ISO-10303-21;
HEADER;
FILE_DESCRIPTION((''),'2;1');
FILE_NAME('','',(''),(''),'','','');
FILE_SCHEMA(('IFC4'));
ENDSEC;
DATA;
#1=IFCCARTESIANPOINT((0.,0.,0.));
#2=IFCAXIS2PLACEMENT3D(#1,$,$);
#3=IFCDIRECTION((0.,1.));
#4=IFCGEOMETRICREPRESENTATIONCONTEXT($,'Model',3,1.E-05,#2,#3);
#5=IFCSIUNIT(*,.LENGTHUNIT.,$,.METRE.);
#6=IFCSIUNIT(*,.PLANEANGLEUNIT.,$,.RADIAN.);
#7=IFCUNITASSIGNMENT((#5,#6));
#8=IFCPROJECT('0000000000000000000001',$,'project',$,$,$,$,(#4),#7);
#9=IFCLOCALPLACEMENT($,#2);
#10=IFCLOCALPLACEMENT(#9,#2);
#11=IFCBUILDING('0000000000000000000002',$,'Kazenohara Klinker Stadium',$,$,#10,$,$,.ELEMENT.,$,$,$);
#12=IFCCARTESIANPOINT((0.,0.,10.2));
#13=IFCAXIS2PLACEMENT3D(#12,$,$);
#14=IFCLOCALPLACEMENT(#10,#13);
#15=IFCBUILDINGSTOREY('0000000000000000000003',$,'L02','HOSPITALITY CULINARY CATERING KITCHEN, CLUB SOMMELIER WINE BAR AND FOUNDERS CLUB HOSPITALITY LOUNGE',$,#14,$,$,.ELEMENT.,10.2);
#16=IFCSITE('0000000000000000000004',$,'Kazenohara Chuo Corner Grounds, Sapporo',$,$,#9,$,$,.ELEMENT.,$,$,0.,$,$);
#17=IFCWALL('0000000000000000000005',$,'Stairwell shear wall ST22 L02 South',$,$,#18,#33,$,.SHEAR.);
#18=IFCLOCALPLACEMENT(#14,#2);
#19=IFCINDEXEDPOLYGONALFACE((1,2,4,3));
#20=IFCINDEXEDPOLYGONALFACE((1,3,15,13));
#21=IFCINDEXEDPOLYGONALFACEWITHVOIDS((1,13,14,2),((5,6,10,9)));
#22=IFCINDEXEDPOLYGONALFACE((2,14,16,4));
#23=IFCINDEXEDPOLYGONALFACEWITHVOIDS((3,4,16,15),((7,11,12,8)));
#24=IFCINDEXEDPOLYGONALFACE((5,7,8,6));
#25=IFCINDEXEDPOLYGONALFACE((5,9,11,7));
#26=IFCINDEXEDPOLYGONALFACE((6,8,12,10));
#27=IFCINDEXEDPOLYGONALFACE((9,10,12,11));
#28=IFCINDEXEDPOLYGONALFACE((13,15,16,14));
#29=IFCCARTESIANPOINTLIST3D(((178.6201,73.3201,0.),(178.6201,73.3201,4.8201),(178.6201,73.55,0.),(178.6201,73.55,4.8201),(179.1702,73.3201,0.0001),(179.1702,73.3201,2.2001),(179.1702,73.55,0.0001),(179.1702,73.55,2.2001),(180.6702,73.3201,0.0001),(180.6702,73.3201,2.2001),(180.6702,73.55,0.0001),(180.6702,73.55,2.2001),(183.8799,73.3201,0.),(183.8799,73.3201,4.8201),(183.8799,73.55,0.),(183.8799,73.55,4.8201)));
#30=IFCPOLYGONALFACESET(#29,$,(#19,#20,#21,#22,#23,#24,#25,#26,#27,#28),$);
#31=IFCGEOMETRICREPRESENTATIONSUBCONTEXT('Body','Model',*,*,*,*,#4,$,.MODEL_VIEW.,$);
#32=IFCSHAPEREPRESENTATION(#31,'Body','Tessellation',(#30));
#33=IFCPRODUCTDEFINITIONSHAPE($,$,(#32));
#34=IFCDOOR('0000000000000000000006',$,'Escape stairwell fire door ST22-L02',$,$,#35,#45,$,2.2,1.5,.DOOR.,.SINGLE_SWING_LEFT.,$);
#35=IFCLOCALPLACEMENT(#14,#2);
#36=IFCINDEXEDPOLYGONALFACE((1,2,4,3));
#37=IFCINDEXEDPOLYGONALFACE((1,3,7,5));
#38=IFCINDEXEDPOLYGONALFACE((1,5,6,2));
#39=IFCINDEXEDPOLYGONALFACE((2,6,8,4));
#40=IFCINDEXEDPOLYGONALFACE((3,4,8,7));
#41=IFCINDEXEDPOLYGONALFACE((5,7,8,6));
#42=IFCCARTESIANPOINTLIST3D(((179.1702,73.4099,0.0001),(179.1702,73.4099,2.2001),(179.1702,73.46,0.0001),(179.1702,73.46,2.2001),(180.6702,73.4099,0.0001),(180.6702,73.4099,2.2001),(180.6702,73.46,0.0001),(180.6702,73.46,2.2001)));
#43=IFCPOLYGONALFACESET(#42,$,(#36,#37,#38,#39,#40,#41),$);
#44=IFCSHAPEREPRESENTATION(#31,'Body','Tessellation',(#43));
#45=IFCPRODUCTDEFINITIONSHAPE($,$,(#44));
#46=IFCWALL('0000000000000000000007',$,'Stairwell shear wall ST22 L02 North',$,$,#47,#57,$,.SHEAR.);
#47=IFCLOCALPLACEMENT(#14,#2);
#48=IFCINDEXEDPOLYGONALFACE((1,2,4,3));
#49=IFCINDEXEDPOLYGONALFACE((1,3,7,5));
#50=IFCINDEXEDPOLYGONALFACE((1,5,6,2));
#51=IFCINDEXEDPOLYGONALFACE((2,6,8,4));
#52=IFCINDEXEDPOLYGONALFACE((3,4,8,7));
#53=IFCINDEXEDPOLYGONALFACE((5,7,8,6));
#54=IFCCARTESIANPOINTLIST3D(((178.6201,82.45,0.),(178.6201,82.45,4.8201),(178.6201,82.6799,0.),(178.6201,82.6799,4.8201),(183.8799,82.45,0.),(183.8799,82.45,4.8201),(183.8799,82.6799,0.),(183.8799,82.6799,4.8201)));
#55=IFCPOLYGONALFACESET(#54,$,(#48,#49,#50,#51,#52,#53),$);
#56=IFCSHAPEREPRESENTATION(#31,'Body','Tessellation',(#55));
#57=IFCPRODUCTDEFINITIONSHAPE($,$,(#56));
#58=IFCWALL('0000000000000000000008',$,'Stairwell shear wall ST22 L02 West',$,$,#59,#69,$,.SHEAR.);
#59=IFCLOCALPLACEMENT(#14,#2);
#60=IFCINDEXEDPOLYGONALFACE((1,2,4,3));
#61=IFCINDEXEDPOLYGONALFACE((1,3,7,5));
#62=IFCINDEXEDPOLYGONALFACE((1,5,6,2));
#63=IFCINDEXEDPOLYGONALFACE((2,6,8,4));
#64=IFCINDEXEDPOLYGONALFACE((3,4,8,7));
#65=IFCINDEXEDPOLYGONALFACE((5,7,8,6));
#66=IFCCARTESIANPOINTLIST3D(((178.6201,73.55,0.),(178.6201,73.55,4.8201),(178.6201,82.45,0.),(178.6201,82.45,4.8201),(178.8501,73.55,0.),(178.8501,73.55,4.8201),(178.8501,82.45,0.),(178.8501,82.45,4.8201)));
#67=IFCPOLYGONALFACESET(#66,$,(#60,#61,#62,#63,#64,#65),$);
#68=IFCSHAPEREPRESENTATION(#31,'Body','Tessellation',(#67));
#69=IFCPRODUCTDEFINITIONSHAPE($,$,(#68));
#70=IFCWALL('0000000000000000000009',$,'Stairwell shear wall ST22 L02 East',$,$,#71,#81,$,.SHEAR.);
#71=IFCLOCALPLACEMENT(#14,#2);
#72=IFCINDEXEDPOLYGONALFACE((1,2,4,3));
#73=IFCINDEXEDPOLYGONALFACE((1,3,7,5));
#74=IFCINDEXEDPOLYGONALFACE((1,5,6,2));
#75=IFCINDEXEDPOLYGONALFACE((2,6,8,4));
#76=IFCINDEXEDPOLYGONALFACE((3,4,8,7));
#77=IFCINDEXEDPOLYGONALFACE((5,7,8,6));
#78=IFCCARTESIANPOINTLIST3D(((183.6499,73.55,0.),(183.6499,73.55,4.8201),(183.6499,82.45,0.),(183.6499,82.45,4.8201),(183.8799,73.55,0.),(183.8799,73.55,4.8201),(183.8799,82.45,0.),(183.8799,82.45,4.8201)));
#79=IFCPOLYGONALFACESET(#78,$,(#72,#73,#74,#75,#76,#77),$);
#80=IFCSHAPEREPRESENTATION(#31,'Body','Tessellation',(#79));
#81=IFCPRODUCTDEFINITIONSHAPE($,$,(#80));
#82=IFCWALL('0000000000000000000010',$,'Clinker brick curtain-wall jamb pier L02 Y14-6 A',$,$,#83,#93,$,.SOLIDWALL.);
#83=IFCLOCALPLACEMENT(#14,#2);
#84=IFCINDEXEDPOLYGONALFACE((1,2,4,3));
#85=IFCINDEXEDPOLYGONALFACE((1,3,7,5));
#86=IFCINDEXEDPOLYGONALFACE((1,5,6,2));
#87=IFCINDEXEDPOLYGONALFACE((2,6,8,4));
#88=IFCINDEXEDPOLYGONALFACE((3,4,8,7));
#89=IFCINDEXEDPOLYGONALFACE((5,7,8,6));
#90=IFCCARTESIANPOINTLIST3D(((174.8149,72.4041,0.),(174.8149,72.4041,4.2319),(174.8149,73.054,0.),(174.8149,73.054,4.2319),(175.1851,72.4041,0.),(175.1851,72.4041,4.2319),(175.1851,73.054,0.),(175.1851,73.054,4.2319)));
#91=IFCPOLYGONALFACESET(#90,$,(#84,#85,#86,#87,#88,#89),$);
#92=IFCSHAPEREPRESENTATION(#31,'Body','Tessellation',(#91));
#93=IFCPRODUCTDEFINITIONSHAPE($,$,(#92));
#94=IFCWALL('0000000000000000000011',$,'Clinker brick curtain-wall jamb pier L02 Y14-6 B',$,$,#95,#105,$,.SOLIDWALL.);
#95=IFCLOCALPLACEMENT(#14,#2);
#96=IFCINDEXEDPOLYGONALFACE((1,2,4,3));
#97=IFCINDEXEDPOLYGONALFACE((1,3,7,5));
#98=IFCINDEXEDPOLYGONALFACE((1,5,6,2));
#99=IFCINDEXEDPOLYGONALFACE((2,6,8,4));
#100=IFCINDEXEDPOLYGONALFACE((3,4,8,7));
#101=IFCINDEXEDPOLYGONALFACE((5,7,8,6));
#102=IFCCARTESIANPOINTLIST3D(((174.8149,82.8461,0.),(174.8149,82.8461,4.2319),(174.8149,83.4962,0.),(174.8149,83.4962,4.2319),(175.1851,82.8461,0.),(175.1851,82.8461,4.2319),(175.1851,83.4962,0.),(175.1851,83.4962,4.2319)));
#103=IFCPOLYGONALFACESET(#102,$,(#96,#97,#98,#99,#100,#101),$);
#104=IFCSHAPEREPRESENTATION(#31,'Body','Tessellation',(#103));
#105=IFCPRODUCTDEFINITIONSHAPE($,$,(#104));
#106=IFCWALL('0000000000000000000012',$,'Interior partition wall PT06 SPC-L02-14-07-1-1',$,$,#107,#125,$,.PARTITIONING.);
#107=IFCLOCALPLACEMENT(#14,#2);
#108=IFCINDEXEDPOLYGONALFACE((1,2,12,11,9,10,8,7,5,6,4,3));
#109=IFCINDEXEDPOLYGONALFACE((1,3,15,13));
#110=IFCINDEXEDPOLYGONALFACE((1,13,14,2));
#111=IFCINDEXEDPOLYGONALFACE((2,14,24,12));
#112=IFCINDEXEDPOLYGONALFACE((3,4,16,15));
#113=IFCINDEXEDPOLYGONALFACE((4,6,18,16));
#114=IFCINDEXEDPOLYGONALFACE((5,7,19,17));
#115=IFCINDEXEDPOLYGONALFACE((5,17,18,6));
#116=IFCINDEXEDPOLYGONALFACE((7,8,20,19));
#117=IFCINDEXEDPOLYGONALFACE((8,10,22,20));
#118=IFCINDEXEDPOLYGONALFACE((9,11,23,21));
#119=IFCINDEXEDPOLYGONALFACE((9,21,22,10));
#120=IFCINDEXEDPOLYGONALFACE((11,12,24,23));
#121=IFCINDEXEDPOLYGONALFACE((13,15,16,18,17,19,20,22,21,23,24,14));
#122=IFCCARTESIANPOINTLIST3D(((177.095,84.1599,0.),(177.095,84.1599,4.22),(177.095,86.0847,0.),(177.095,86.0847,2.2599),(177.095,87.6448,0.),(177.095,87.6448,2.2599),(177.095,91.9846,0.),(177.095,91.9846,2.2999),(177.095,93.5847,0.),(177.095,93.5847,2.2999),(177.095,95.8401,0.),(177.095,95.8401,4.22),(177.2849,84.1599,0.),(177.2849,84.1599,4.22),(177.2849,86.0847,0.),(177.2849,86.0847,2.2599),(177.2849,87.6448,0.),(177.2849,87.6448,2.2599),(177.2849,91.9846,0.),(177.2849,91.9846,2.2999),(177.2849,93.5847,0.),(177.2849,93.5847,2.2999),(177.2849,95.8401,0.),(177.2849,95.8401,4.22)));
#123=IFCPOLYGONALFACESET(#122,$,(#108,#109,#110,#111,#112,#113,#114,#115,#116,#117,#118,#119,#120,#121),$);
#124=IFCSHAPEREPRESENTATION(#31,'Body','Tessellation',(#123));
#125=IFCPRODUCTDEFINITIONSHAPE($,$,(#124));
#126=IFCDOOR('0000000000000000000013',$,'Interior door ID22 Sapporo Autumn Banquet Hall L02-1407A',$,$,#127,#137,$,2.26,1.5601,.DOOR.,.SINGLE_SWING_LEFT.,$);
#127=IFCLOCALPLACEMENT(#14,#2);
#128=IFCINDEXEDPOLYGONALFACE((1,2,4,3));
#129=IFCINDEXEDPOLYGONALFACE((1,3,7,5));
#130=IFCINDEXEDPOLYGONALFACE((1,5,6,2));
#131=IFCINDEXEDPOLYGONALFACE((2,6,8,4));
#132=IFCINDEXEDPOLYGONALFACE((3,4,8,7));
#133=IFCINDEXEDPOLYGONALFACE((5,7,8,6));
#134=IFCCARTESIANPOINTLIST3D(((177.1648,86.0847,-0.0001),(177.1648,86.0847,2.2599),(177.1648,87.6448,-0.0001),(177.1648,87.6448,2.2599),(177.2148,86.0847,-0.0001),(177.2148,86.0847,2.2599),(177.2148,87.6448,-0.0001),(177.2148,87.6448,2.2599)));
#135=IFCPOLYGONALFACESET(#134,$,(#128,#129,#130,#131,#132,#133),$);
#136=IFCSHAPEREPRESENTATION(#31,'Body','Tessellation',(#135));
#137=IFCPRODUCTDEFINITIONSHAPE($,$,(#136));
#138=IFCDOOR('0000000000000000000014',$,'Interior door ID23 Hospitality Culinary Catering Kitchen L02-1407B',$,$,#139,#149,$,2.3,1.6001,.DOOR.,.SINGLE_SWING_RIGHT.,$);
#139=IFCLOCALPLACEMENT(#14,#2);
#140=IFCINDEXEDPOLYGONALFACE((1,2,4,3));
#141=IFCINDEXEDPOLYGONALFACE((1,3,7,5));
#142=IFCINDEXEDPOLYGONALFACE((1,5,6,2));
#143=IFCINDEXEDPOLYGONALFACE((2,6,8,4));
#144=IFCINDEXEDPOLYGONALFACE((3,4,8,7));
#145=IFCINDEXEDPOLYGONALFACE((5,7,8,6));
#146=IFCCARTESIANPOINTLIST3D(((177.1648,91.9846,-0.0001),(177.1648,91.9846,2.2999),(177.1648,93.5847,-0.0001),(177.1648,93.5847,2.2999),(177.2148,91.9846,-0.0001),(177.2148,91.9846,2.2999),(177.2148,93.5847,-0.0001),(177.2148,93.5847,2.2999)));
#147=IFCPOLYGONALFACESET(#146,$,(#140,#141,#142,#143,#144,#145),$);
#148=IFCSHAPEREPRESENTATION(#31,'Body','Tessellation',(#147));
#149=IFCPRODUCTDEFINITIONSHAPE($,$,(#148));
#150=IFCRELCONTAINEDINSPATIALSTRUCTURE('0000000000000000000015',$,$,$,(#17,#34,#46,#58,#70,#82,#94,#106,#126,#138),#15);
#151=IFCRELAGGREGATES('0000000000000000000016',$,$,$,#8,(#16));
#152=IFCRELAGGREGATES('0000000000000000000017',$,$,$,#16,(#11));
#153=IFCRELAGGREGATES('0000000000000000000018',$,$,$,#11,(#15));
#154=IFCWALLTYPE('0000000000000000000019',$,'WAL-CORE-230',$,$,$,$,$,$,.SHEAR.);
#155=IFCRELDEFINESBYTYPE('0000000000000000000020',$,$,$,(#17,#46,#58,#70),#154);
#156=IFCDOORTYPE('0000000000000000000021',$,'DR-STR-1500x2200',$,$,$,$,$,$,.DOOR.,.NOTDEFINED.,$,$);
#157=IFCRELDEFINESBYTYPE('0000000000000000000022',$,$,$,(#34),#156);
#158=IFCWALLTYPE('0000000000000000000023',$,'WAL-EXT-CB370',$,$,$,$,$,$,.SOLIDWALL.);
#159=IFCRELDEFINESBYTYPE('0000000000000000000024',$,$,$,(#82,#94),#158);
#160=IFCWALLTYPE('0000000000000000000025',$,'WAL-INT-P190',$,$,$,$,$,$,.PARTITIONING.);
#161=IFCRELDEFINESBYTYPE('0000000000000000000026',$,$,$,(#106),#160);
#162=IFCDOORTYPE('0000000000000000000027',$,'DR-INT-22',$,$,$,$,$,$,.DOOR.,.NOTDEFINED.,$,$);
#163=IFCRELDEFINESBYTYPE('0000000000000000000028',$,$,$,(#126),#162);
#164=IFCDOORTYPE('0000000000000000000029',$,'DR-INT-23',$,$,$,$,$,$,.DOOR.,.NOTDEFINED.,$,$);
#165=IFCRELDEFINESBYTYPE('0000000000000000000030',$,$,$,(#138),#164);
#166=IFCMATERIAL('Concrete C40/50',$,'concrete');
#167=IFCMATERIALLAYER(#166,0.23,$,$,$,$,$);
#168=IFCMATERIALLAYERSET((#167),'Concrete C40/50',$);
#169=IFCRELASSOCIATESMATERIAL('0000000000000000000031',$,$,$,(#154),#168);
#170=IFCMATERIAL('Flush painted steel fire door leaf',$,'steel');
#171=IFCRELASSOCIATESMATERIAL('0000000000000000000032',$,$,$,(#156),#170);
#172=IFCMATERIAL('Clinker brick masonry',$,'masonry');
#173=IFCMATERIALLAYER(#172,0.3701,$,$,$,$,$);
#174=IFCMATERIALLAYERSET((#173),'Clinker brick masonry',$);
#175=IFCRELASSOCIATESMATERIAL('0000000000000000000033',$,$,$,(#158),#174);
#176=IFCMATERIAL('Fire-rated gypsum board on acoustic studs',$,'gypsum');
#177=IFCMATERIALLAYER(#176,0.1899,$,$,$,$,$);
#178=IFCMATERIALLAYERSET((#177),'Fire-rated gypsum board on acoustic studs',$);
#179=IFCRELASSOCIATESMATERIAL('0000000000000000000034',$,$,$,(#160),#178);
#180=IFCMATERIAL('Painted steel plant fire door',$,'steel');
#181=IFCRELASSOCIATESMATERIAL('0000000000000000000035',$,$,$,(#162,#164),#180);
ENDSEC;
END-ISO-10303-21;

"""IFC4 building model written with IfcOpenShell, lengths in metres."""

from ifc_helpers import new_model, si_unit, direction, frame, frame_2d, origin, place, context, subcontext, project, spatial, rectangle, extrude, material, layer, layer_set, type_object, element, fill, save


model = new_model("IFC4")

# Units and contexts
model_context = context("Model", 3, precision=1e-05, world=origin(), true_north=direction((0.0, 1.0)))
body_context = subcontext(model_context, "Body", "Model", "MODEL_VIEW")
ifc_project = project(units=[si_unit("LENGTHUNIT", "METRE"), si_unit("PLANEANGLEUNIT", "RADIAN")], contexts=[model_context])

# Site, building, storey
site_placement = place(None, origin())
site = spatial("IfcSite", under=ifc_project, at=site_placement, Name="Kazenohara Chuo Corner Grounds, Sapporo", CompositionType="ELEMENT", RefElevation=0.0)
building_placement = place(site_placement, origin())
building = spatial("IfcBuilding", under=site, at=building_placement, Name="Kazenohara Klinker Stadium", CompositionType="ELEMENT")
storey_placement = place(building_placement, frame((0.0, 0.0, 10.2)))
storey = spatial("IfcBuildingStorey", under=building, at=storey_placement, Name="L02", Description="HOSPITALITY CULINARY CATERING KITCHEN, CLUB SOMMELIER WINE BAR AND FOUNDERS CLUB HOSPITALITY LOUNGE", CompositionType="ELEMENT", Elevation=10.2)

# Shared definitions
ifc_material_1 = material(Name="Concrete C40/50", Category="concrete")

# Wall, opening, door
ifc_layer_1 = layer(ifc_material_1, 0.23)
ifc_layer_set_1 = layer_set([ifc_layer_1], Name="Concrete C40/50")
wall_type_1 = type_object("IfcWallType", Name="WAL-CORE-230", PredefinedType="SHEAR", material=ifc_layer_set_1)
wall_1_placement = place(storey_placement, frame((178.6201, 73.4351, 0.0), z_axis=(0.0, 0.0, 1.0), x_axis=(1.0, 0.0, 0.0)))
wall_1 = element("IfcWall", 1, at=wall_1_placement, inside=storey, type_object=wall_type_1, Name="Stairwell shear wall ST22 L02 South", PredefinedType="SHEAR", context=body_context, shape_type="SweptSolid", body=[
    extrude(rectangle(XDim=5.2598, YDim=0.23, at=frame_2d((2.6299, 0.0))), origin(), (0.0, 0.0, 1.0), 4.8201),
])
opening_1_placement = place(wall_1_placement, frame((0.55, 0.0, 0.0)))
opening_1 = element("IfcOpeningElement", 2, at=opening_1_placement, cuts=wall_1, PredefinedType="OPENING", context=body_context, shape_type="SweptSolid", body=[
    extrude(rectangle(XDim=1.5, YDim=2.2, at=frame_2d((0.75, 1.1001))), frame((0.0, 0.125, 0.0), z_axis=(0.0, -1.0, 0.0), x_axis=(1.0, 0.0, 0.0)), (0.0, 0.0, 1.0), 0.25),
])
ifc_material_2 = material(Name="Flush painted steel fire door leaf", Category="steel")
door_type_1 = type_object("IfcDoorType", Name="DR-STR-1500x2200", OperationType="NOTDEFINED", PredefinedType="DOOR", material=ifc_material_2)
door_1_placement = place(opening_1_placement, origin())
door_1 = element("IfcDoor", 3, at=door_1_placement, inside=storey, type_object=door_type_1, Name="Escape stairwell fire door ST22-L02", OperationType="SINGLE_SWING_LEFT", OverallHeight=2.2, OverallWidth=1.5, PredefinedType="DOOR", context=body_context, shape_type="SweptSolid", body=[
    extrude(rectangle(XDim=1.5, YDim=2.2, at=frame_2d((0.75, 1.1001))), frame((0.0, 0.0249, 0.0), z_axis=(0.0, -1.0, 0.0), x_axis=(1.0, 0.0, 0.0)), (0.0, 0.0, 1.0), 0.05),
])
fill(opening_1, door_1)

# Walls
wall_2_placement = place(storey_placement, frame((178.6201, 82.5649, 0.0), z_axis=(0.0, 0.0, 1.0), x_axis=(1.0, 0.0, 0.0)))
element("IfcWall", 4, at=wall_2_placement, inside=storey, type_object=wall_type_1, Name="Stairwell shear wall ST22 L02 North", PredefinedType="SHEAR", context=body_context, shape_type="SweptSolid", body=[
    extrude(rectangle(XDim=5.2598, YDim=0.23, at=frame_2d((2.6299, 0.0))), origin(), (0.0, 0.0, 1.0), 4.8201),
])
for number, where, z_axis, x_axis, name in (
    (5, (178.7351, 73.55, 0.0), (0.0, 0.0, 1.0), (0.0, 1.0, 0.0), "Stairwell shear wall ST22 L02 West"),
    (6, (183.7649, 73.55, 0.0), (0.0, 0.0, 1.0), (0.0, 1.0, 0.0), "Stairwell shear wall ST22 L02 East"),
):
    element("IfcWall", number, at=place(storey_placement, frame(where, z_axis=z_axis, x_axis=x_axis)), inside=storey, type_object=wall_type_1, Name=name, PredefinedType="SHEAR", context=body_context, shape_type="SweptSolid", body=[
        extrude(rectangle(XDim=8.8999, YDim=0.23, at=frame_2d((4.45, 0.0))), origin(), (0.0, 0.0, 1.0), 4.8201),
    ])
ifc_material_3 = material(Name="Clinker brick masonry", Category="masonry")
ifc_layer_2 = layer(ifc_material_3, 0.3701)
ifc_layer_set_2 = layer_set([ifc_layer_2], Name="Clinker brick masonry")
wall_type_2 = type_object("IfcWallType", Name="WAL-EXT-CB370", PredefinedType="SOLIDWALL", material=ifc_layer_set_2)
wall_3_placement = place(storey_placement, frame((175.0, 72.4041, 0.0), z_axis=(0.0, 0.0, 1.0), x_axis=(0.0, 1.0, 0.0)))
element("IfcWall", 7, at=wall_3_placement, inside=storey, type_object=wall_type_2, Name="Clinker brick curtain-wall jamb pier L02 Y14-6 A", PredefinedType="SOLIDWALL", context=body_context, shape_type="SweptSolid", body=[
    extrude(rectangle(XDim=0.6499, YDim=0.3701, at=frame_2d((0.325, 0.0))), origin(), (0.0, 0.0, 1.0), 4.2319),
])
wall_4_placement = place(storey_placement, frame((175.0, 82.8459, 0.0), z_axis=(0.0, 0.0, 1.0), x_axis=(0.0, 1.0, 0.0)))
element("IfcWall", 8, at=wall_4_placement, inside=storey, type_object=wall_type_2, Name="Clinker brick curtain-wall jamb pier L02 Y14-6 B", PredefinedType="SOLIDWALL", context=body_context, shape_type="SweptSolid", body=[
    extrude(rectangle(XDim=0.6501, YDim=0.3701, at=frame_2d((0.3252, 0.0))), origin(), (0.0, 0.0, 1.0), 4.2319),
])

# Wall, openings, doors
ifc_material_4 = material(Name="Fire-rated gypsum board on acoustic studs", Category="gypsum")
ifc_layer_3 = layer(ifc_material_4, 0.1899)
ifc_layer_set_3 = layer_set([ifc_layer_3], Name="Fire-rated gypsum board on acoustic studs")
wall_type_3 = type_object("IfcWallType", Name="WAL-INT-P190", PredefinedType="PARTITIONING", material=ifc_layer_set_3)
wall_5_placement = place(storey_placement, frame((177.1899, 84.1599, 0.0), z_axis=(0.0, 0.0, 1.0), x_axis=(0.0, 1.0, 0.0)))
wall_5 = element("IfcWall", 9, at=wall_5_placement, inside=storey, type_object=wall_type_3, Name="Interior partition wall PT06 SPC-L02-14-07-1-1", PredefinedType="PARTITIONING", context=body_context, shape_type="SweptSolid", body=[
    extrude(rectangle(XDim=11.6802, YDim=0.1899, at=frame_2d((5.8401, 0.0))), origin(), (0.0, 0.0, 1.0), 4.22),
])
opening_2_placement = place(wall_5_placement, frame((3.4849, 0.0, 0.0), z_axis=(0.0, 0.0, 1.0), x_axis=(-1.0, 0.0, 0.0)))
opening_2 = element("IfcOpeningElement", 10, at=opening_2_placement, cuts=wall_5, PredefinedType="OPENING", context=body_context, shape_type="SweptSolid", body=[
    extrude(rectangle(XDim=1.5601, YDim=2.26, at=frame_2d((0.78, 1.1299))), frame((0.0, 0.105, 0.0), z_axis=(0.0, -1.0, 0.0), x_axis=(1.0, 0.0, 0.0)), (0.0, 0.0, 1.0), 0.21),
])
opening_3_placement = place(wall_5_placement, frame((9.4248, 0.0, 0.0), z_axis=(0.0, 0.0, 1.0), x_axis=(-1.0, 0.0, 0.0)))
opening_3 = element("IfcOpeningElement", 11, at=opening_3_placement, cuts=wall_5, PredefinedType="OPENING", context=body_context, shape_type="SweptSolid", body=[
    extrude(rectangle(XDim=1.6001, YDim=2.3, at=frame_2d((0.8, 1.1499))), frame((0.0, 0.105, 0.0), z_axis=(0.0, -1.0, 0.0), x_axis=(1.0, 0.0, 0.0)), (0.0, 0.0, 1.0), 0.21),
])
ifc_material_5 = material(Name="Painted steel plant fire door", Category="steel")
door_type_2 = type_object("IfcDoorType", Name="DR-INT-22", OperationType="NOTDEFINED", PredefinedType="DOOR", material=ifc_material_5)
door_2_placement = place(opening_2_placement, origin())
door_2 = element("IfcDoor", 12, at=door_2_placement, inside=storey, type_object=door_type_2, Name="Interior door ID22 Sapporo Autumn Banquet Hall L02-1407A", OperationType="SINGLE_SWING_LEFT", OverallHeight=2.26, OverallWidth=1.5601, PredefinedType="DOOR", context=body_context, shape_type="SweptSolid", body=[
    extrude(rectangle(XDim=1.5601, YDim=2.26, at=frame_2d((0.78, 1.1299))), frame((0.0, 0.0249, 0.0), z_axis=(0.0, -1.0, 0.0), x_axis=(1.0, 0.0, 0.0)), (0.0, 0.0, 1.0), 0.05),
])
fill(opening_2, door_2)
door_type_3 = type_object("IfcDoorType", Name="DR-INT-23", OperationType="NOTDEFINED", PredefinedType="DOOR", material=ifc_material_5)
door_3_placement = place(opening_3_placement, origin())
door_3 = element("IfcDoor", 13, at=door_3_placement, inside=storey, type_object=door_type_3, Name="Interior door ID23 Hospitality Culinary Catering Kitchen L02-1407B", OperationType="SINGLE_SWING_RIGHT", OverallHeight=2.3, OverallWidth=1.6001, PredefinedType="DOOR", context=body_context, shape_type="SweptSolid", body=[
    extrude(rectangle(XDim=1.6001, YDim=2.3, at=frame_2d((0.8, 1.1499))), frame((0.0, 0.0249, 0.0), z_axis=(0.0, -1.0, 0.0), x_axis=(1.0, 0.0, 0.0)), (0.0, 0.0, 1.0), 0.05),
])
fill(opening_3, door_3)

save(model, "model.ifc")
